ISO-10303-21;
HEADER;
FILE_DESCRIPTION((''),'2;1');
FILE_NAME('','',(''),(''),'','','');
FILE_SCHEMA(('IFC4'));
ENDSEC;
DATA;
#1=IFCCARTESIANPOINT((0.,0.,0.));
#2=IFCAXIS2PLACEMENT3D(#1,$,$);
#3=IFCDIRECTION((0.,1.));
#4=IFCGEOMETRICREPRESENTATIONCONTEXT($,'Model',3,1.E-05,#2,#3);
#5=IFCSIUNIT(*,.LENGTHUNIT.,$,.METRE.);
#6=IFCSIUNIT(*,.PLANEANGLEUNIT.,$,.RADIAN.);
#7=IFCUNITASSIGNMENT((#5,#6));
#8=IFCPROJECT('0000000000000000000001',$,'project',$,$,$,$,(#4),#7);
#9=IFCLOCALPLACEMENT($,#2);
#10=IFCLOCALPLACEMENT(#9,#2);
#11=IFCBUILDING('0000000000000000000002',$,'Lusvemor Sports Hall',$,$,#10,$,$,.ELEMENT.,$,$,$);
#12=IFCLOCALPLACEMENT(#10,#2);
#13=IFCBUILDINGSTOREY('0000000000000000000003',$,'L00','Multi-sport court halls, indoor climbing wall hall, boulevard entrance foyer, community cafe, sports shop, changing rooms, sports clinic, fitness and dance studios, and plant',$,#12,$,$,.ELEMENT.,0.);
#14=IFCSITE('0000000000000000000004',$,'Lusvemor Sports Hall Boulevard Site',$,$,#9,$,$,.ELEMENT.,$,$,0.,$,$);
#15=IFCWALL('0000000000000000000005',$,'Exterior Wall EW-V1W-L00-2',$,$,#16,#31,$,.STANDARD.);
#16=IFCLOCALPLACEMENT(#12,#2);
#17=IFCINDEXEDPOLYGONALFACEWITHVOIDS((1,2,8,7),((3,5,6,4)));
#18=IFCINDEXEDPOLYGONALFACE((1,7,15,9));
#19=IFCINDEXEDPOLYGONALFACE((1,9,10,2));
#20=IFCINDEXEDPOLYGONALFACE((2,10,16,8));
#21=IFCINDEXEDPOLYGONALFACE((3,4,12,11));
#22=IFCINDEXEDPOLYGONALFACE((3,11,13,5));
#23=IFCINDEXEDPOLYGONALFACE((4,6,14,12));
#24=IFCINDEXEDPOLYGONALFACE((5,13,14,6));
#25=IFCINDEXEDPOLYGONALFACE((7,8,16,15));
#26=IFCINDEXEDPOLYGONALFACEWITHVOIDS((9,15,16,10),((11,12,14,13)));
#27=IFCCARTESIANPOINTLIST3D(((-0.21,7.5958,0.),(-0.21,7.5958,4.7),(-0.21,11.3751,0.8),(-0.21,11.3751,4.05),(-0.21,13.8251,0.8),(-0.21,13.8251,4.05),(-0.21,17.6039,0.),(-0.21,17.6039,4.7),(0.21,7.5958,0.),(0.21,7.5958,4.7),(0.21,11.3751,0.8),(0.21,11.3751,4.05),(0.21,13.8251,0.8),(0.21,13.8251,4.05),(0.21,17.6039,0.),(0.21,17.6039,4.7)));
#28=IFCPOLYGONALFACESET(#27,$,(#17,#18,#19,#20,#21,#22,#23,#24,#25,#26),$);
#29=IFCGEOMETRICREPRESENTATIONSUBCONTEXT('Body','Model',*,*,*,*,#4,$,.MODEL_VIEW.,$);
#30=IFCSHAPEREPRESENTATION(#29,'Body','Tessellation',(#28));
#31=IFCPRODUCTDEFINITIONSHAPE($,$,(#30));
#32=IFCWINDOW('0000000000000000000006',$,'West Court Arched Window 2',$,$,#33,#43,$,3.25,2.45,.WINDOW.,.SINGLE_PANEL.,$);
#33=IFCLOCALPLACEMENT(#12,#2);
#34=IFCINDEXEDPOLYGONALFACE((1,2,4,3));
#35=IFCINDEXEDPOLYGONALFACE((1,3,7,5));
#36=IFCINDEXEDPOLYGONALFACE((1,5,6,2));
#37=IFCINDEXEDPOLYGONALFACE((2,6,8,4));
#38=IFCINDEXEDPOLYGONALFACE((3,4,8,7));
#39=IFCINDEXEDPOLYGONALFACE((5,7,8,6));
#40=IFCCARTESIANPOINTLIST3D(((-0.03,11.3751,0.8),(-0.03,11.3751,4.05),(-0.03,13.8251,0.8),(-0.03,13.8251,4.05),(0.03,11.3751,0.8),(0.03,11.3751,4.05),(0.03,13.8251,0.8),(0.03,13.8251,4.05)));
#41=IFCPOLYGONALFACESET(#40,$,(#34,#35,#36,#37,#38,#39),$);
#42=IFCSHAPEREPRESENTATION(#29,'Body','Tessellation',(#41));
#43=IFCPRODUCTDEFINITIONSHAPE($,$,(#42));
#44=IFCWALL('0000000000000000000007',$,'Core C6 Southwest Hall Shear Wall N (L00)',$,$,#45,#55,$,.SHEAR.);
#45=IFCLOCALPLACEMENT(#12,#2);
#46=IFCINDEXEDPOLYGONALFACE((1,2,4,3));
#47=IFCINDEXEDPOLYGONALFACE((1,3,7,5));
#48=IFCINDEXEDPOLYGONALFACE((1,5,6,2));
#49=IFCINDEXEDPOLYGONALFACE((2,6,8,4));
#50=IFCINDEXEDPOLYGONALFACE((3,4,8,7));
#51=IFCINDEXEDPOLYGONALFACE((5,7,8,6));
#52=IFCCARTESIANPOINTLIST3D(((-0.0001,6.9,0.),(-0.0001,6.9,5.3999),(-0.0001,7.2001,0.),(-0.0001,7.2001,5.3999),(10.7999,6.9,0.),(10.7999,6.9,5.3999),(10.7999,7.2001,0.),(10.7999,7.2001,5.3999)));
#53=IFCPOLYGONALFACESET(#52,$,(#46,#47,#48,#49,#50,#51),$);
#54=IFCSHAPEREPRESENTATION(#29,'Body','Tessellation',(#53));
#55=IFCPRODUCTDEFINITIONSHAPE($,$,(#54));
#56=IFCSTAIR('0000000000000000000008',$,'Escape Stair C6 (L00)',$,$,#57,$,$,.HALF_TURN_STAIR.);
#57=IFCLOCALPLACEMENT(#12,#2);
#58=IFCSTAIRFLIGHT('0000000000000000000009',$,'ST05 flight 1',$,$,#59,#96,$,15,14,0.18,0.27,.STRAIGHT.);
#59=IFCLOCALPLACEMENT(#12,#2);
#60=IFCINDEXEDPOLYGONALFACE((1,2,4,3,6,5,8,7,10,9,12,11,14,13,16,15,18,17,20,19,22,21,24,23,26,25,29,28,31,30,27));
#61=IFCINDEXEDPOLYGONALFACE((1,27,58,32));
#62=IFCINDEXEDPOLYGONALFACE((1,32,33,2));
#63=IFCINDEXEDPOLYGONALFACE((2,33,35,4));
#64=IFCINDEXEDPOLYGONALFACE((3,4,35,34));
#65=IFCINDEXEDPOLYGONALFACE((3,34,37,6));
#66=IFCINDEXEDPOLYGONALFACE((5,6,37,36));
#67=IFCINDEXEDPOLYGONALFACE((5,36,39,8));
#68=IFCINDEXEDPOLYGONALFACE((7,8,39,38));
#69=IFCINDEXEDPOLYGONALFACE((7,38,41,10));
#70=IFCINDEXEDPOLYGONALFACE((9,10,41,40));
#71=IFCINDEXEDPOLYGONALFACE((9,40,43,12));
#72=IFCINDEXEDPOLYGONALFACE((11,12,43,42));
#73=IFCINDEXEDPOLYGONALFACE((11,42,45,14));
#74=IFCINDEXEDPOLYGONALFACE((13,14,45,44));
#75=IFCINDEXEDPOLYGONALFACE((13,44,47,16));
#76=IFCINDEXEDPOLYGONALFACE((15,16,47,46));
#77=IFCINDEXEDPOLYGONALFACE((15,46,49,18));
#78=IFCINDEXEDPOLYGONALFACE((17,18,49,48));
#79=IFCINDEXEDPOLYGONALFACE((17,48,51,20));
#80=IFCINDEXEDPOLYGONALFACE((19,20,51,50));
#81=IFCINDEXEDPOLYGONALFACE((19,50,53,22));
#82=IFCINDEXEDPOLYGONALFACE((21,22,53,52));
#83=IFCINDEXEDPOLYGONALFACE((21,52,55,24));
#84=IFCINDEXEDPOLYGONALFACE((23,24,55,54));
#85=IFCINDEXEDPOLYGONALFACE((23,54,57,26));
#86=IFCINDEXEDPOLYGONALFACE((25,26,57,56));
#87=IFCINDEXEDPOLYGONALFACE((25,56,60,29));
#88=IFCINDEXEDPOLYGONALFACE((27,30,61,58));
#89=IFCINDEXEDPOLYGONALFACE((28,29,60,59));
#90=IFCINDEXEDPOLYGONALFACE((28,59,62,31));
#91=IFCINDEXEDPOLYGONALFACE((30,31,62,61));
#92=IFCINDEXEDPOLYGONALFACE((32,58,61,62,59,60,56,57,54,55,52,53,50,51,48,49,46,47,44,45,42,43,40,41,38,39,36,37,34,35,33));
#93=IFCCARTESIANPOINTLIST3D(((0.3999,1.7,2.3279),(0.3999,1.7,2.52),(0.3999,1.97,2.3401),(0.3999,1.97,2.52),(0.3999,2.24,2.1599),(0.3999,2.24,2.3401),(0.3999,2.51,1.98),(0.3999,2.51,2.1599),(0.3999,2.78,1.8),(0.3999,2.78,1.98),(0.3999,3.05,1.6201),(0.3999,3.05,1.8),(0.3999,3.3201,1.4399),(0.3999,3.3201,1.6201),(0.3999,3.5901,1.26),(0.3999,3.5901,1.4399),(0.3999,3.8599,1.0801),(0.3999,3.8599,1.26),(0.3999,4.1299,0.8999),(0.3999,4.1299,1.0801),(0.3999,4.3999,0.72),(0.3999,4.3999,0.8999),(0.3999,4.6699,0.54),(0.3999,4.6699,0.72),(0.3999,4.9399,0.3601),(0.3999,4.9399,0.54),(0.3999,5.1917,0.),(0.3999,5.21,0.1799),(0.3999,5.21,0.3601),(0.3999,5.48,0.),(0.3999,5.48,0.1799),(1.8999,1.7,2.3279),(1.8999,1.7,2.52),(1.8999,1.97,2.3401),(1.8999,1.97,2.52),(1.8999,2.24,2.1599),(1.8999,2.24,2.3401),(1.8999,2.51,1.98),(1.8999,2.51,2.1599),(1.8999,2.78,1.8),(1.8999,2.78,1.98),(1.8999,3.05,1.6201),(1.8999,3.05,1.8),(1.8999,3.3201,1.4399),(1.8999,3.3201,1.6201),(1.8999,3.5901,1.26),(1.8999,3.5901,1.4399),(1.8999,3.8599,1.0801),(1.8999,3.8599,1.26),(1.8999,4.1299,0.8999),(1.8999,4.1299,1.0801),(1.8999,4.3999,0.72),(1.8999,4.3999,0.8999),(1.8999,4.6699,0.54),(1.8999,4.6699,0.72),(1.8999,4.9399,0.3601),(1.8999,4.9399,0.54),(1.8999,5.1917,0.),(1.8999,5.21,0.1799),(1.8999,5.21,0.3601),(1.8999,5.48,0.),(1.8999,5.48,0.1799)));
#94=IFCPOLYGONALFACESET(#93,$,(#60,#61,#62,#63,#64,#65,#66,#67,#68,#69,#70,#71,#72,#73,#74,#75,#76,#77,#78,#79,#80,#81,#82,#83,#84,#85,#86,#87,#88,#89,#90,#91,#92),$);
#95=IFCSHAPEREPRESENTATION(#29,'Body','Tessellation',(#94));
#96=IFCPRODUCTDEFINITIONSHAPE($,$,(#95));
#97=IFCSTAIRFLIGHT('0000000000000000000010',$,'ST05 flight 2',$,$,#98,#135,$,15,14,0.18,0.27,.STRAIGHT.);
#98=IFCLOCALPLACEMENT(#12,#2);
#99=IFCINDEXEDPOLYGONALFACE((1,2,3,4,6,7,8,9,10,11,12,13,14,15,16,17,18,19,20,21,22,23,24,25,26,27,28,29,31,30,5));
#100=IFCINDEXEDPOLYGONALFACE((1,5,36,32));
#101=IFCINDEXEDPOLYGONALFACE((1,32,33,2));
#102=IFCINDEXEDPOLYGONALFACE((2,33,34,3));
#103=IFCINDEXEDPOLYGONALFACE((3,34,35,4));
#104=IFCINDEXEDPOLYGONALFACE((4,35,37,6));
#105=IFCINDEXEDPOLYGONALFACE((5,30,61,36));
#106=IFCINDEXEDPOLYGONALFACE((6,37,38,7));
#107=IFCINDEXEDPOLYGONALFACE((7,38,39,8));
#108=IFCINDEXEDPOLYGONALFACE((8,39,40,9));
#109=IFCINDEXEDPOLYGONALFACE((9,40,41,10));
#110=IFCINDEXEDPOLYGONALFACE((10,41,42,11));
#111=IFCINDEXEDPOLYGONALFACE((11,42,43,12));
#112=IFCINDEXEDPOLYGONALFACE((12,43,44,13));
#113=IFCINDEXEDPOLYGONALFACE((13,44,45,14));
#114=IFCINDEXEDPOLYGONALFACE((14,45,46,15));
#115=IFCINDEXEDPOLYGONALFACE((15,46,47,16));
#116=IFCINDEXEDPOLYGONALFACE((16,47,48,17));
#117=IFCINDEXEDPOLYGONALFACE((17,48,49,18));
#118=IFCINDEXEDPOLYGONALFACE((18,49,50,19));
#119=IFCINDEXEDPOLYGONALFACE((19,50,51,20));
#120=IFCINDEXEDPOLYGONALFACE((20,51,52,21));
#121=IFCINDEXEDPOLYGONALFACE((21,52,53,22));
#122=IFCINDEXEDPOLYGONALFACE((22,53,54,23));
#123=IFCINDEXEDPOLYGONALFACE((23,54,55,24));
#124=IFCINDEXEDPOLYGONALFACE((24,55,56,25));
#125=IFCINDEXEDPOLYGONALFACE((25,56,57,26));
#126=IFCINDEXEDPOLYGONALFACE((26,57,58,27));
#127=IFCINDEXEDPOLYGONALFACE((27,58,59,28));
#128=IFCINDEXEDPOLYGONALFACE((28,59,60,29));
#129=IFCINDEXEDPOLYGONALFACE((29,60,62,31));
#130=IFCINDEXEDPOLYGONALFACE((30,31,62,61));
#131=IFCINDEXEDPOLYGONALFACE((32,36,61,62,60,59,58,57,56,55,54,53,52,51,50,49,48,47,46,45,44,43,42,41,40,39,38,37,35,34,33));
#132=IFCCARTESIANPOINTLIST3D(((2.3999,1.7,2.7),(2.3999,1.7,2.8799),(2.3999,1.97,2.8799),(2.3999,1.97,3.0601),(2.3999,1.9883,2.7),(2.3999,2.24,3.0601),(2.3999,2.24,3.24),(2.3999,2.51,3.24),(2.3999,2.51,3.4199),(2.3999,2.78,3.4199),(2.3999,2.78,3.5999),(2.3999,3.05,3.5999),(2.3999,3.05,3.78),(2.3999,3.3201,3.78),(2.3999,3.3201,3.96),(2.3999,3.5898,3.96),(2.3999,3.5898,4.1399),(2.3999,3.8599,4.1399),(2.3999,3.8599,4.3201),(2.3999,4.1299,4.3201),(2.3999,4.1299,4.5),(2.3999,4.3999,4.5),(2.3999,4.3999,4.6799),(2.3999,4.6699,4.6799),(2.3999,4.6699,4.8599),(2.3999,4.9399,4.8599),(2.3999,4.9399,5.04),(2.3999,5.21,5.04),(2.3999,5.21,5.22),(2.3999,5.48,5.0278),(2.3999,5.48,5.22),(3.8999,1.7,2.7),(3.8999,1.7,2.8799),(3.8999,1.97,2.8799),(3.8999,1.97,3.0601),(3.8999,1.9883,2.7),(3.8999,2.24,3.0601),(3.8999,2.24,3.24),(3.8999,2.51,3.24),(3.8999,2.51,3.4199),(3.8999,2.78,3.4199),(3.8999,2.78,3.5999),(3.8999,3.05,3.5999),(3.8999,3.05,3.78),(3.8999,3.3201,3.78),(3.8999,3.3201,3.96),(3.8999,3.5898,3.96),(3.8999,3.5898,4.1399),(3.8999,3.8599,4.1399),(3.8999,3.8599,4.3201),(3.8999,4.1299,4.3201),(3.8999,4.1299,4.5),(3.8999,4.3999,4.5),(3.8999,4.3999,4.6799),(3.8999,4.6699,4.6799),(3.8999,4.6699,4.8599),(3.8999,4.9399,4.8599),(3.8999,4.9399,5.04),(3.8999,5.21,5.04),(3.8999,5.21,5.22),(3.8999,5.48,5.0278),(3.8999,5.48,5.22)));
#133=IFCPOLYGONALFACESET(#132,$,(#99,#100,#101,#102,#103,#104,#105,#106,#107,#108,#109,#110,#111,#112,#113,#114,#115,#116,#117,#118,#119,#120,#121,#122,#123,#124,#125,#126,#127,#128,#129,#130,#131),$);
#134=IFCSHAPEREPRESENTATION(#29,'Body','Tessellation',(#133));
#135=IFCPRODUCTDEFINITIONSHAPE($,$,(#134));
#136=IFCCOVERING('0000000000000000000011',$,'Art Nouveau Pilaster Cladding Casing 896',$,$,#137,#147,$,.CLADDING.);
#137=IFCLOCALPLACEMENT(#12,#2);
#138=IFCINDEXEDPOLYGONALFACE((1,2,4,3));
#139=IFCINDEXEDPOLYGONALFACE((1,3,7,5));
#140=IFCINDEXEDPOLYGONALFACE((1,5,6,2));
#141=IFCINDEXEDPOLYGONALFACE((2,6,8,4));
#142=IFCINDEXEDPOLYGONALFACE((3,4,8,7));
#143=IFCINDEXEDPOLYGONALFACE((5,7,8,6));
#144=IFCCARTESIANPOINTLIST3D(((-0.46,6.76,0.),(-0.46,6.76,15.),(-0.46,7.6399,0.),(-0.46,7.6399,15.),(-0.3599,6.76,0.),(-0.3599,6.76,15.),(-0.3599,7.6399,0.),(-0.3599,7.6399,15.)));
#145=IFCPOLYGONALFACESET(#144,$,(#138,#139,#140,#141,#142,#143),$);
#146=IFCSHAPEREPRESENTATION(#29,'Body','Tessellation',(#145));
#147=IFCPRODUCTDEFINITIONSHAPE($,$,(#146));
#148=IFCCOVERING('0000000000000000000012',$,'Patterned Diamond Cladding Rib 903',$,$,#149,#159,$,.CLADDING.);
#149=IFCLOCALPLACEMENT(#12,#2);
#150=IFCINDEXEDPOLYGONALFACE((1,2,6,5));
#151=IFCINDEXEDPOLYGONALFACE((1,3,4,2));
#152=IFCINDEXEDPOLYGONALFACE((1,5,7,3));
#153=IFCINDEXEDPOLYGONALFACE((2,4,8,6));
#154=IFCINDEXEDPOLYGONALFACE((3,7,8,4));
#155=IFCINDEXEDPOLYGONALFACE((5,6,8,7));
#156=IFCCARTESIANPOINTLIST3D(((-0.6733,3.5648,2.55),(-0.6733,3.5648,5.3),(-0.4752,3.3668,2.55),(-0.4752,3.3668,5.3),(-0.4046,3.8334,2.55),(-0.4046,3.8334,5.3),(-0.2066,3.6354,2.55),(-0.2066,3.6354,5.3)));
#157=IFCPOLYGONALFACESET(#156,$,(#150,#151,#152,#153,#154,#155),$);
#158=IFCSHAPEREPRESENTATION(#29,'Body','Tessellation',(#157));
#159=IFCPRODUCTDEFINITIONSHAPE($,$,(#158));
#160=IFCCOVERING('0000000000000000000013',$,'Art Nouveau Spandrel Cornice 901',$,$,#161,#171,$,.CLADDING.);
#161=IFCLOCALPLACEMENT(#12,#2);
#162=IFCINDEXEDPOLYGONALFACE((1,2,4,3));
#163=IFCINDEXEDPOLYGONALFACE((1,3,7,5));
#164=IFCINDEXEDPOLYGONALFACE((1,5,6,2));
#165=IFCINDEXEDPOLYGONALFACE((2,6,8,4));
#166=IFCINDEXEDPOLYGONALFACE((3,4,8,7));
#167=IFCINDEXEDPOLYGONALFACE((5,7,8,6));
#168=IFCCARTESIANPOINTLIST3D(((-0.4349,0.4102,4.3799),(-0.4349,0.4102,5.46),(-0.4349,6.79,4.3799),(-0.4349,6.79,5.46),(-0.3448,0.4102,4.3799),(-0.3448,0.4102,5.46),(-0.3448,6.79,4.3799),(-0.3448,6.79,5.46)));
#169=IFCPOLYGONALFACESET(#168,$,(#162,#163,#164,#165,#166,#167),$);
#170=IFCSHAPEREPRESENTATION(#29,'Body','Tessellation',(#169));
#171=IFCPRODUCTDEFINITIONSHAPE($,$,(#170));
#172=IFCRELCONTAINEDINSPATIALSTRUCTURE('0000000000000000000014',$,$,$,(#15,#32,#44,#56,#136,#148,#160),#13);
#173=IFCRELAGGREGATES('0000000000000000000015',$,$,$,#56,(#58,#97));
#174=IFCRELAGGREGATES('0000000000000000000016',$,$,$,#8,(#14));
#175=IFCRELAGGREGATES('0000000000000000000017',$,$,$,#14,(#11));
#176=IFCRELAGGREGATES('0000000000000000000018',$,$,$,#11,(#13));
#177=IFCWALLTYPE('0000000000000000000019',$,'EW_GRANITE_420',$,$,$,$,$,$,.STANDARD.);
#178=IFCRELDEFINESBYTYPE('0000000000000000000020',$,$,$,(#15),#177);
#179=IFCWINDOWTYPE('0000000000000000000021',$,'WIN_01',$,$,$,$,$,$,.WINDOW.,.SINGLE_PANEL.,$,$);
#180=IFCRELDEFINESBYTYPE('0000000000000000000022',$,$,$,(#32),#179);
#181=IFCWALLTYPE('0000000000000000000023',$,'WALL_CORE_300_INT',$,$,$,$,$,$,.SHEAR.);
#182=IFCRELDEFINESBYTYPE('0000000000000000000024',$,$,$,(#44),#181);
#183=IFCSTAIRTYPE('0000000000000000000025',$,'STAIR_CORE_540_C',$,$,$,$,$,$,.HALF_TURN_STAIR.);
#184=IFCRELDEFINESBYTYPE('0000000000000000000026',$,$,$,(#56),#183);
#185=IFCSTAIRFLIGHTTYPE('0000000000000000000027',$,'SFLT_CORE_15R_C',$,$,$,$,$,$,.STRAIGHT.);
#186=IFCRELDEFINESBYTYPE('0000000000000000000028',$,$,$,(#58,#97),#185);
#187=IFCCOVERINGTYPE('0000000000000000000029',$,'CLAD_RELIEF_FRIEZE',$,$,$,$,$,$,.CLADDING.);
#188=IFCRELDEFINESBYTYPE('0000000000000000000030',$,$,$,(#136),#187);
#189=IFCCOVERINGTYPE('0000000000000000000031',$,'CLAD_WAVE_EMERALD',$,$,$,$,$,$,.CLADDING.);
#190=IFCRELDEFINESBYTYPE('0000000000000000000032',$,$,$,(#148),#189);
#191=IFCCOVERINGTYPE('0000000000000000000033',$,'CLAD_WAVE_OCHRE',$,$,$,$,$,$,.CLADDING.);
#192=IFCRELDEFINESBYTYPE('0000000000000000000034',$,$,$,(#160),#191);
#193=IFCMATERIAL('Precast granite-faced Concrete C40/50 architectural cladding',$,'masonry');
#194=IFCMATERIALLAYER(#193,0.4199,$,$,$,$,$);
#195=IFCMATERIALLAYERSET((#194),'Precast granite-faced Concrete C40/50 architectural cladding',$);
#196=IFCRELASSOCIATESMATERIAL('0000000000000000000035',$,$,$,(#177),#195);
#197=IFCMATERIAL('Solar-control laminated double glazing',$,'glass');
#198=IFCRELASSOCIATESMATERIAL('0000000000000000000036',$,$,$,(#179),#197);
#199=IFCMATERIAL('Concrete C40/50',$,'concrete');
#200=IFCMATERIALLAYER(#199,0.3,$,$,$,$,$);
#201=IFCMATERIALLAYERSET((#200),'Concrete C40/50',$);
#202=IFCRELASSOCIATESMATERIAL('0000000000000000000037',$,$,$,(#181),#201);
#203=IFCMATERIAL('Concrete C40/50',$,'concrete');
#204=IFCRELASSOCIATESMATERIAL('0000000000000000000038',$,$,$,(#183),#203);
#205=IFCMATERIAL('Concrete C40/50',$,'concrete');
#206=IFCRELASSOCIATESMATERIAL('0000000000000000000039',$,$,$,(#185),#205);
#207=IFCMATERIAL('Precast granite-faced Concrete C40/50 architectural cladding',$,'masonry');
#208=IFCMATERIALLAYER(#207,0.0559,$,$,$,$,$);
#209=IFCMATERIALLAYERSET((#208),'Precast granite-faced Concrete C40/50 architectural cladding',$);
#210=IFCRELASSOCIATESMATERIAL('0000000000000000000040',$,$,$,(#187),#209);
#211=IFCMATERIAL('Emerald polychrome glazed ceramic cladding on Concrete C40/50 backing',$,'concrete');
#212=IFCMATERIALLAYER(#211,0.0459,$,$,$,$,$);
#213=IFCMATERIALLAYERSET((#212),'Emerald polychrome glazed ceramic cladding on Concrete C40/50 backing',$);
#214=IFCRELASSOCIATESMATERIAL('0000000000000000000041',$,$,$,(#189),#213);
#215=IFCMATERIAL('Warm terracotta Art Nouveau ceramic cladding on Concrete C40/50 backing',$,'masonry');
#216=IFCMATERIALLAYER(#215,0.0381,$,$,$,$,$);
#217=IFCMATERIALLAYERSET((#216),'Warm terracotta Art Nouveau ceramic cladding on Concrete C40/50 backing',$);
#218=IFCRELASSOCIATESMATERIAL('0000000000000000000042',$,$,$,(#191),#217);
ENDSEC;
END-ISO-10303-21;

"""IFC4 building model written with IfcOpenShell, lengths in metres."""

from ifc_helpers import new_model, si_unit, direction, frame, frame_2d, origin, origin_2d, place, context, subcontext, project, spatial, polyline, rectangle, outline, extrude, material, layer, layer_set, type_object, element, fill, aggregate, save


model = new_model("IFC4")

# Units and contexts
model_context = context("Model", 3, precision=1e-05, world=origin(), true_north=direction((0.0, 1.0)))
body_context = subcontext(model_context, "Body", "Model", "MODEL_VIEW")
ifc_project = project(units=[si_unit("LENGTHUNIT", "METRE"), si_unit("PLANEANGLEUNIT", "RADIAN")], contexts=[model_context])

# Site, building, storey
site_placement = place(None, origin())
site = spatial("IfcSite", under=ifc_project, at=site_placement, Name="Lusvemor Sports Hall Boulevard Site", CompositionType="ELEMENT", RefElevation=0.0)
building_placement = place(site_placement, origin())
building = spatial("IfcBuilding", under=site, at=building_placement, Name="Lusvemor Sports Hall", CompositionType="ELEMENT")
storey_placement = place(building_placement, origin())
storey = spatial("IfcBuildingStorey", under=building, at=storey_placement, Name="L00", Description="Multi-sport court halls, indoor climbing wall hall, boulevard entrance foyer, community cafe, sports shop, changing rooms, sports clinic, fitness and dance studios, and plant", CompositionType="ELEMENT", Elevation=0.0)

# Wall, opening, window
ifc_material_1 = material(Name="Precast granite-faced Concrete C40/50 architectural cladding", Category="masonry")
ifc_layer_1 = layer(ifc_material_1, 0.4199)
ifc_layer_set_1 = layer_set([ifc_layer_1], Name="Precast granite-faced Concrete C40/50 architectural cladding")
wall_type_1 = type_object("IfcWallType", Name="EW_GRANITE_420", PredefinedType="STANDARD", material=ifc_layer_set_1)
wall_1_placement = place(storey_placement, frame((0.0, 7.5959, 0.0), z_axis=(0.0, 0.0, 1.0), x_axis=(0.0, 1.0, 0.0)))
wall_1 = element("IfcWall", 1, at=wall_1_placement, inside=storey, type_object=wall_type_1, Name="Exterior Wall EW-V1W-L00-2", PredefinedType="STANDARD", context=body_context, shape_type="SweptSolid", body=[
    extrude(rectangle(XDim=10.0081, YDim=0.4199, at=frame_2d((5.0039, 0.0))), origin(), (0.0, 0.0, 1.0), 4.7),
])
opening_placement = place(wall_1_placement, frame((3.7791, 0.0, 0.8)))
opening = element("IfcOpeningElement", 2, at=opening_placement, cuts=wall_1, PredefinedType="OPENING", context=body_context, shape_type="SweptSolid", body=[
    extrude(rectangle(XDim=2.45, YDim=3.25, at=frame_2d((1.2251, 1.625))), frame((0.0, 0.21, 0.0), z_axis=(0.0, -1.0, 0.0), x_axis=(1.0, 0.0, 0.0)), (0.0, 0.0, 1.0), 0.4199),
])
ifc_material_2 = material(Name="Solar-control laminated double glazing", Category="glass")
window_type = type_object("IfcWindowType", Name="WIN_01", PartitioningType="SINGLE_PANEL", PredefinedType="WINDOW", material=ifc_material_2)
window_placement = place(opening_placement, origin())
window = element("IfcWindow", 3, at=window_placement, inside=storey, type_object=window_type, Name="West Court Arched Window 2", OverallHeight=3.25, OverallWidth=2.45, PartitioningType="SINGLE_PANEL", PredefinedType="WINDOW", context=body_context, shape_type="SweptSolid", body=[
    extrude(rectangle(XDim=2.45, YDim=3.25, at=frame_2d((1.2251, 1.625))), frame((0.0, 0.03, 0.0), z_axis=(0.0, -1.0, 0.0), x_axis=(1.0, 0.0, 0.0)), (0.0, 0.0, 1.0), 0.0601),
])
fill(opening, window)

# Wall
ifc_material_3 = material(Name="Concrete C40/50", Category="concrete")
ifc_layer_2 = layer(ifc_material_3, 0.3)
ifc_layer_set_2 = layer_set([ifc_layer_2], Name="Concrete C40/50")
wall_type_2 = type_object("IfcWallType", Name="WALL_CORE_300_INT", PredefinedType="SHEAR", material=ifc_layer_set_2)
wall_2_placement = place(storey_placement, frame((0.0, 7.05, 0.0), z_axis=(0.0, 0.0, 1.0), x_axis=(1.0, 0.0, 0.0)))
element("IfcWall", 4, at=wall_2_placement, inside=storey, type_object=wall_type_2, Name="Core C6 Southwest Hall Shear Wall N (L00)", PredefinedType="SHEAR", context=body_context, shape_type="SweptSolid", body=[
    extrude(rectangle(XDim=10.8, YDim=0.3, at=frame_2d((5.3999, 0.0))), origin(), (0.0, 0.0, 1.0), 5.3999),
])

# Stair, stair flights
ifc_material_4 = material(Name="Concrete C40/50", Category="concrete")
stair_type = type_object("IfcStairType", Name="STAIR_CORE_540_C", PredefinedType="HALF_TURN_STAIR", material=ifc_material_4)
stair_placement = place(storey_placement, origin())
stair = element("IfcStair", 5, at=stair_placement, inside=storey, type_object=stair_type, Name="Escape Stair C6 (L00)", PredefinedType="HALF_TURN_STAIR")
ifc_material_5 = material(Name="Concrete C40/50", Category="concrete")
stair_flight_type = type_object("IfcStairFlightType", Name="SFLT_CORE_15R_C", PredefinedType="STRAIGHT", material=ifc_material_5)
stair_flight_1_placement = place(storey_placement, frame((1.1499, 5.48, 0.0), z_axis=(0.0, 0.0, 1.0), x_axis=(0.0, -1.0, 0.0)))
stair_flight_1 = element("IfcStairFlight", 6, at=stair_flight_1_placement, type_object=stair_flight_type, Name="ST05 flight 1", NumberOfRisers=15, NumberOfTreads=14, PredefinedType="STRAIGHT", RiserHeight=0.18, TreadLength=0.27, context=body_context, shape_type="SweptSolid", body=[
    extrude(outline(polyline([(0.0, 0.0), (0.0, 0.1799), (0.27, 0.1799), (0.27, 0.3601), (0.54, 0.3601), (0.54, 0.54), (0.8101, 0.54), (0.8101, 0.72), (1.0801, 0.72), (1.0801, 0.8999), (1.3501, 0.8999), (1.3501, 1.0801), (1.6201, 1.0801), (1.6201, 1.26), (1.8899, 1.26), (1.8899, 1.4399), (2.1599, 1.4399), (2.1599, 1.6201), (2.4299, 1.6201), (2.4299, 1.8), (2.7, 1.8), (2.7, 1.98), (2.97, 1.98), (2.97, 2.1599), (3.24, 2.1599), (3.24, 2.3401), (3.51, 2.3401), (3.51, 2.52), (3.78, 2.52), (3.78, 2.7), (3.78, 2.3279), (0.2883, 0.0), (0.0, 0.0)])), frame((0.0, 0.75, 0.0), z_axis=(0.0, -1.0, 0.0), x_axis=(1.0, 0.0, 0.0)), (0.0, 0.0, 1.0), 1.5),
])
stair_flight_2_placement = place(storey_placement, frame((3.1499, 1.7, 2.7), z_axis=(0.0, 0.0, 1.0), x_axis=(0.0, 1.0, 0.0)))
stair_flight_2 = element("IfcStairFlight", 7, at=stair_flight_2_placement, type_object=stair_flight_type, Name="ST05 flight 2", NumberOfRisers=15, NumberOfTreads=14, PredefinedType="STRAIGHT", RiserHeight=0.18, TreadLength=0.27, context=body_context, shape_type="SweptSolid", body=[
    extrude(outline(polyline([(0.0, 0.0), (0.0, 0.1799), (0.27, 0.1799), (0.27, 0.3601), (0.54, 0.3601), (0.54, 0.54), (0.8101, 0.54), (0.8101, 0.72), (1.0801, 0.72), (1.0801, 0.8999), (1.3501, 0.8999), (1.3501, 1.0801), (1.6201, 1.0801), (1.6201, 1.26), (1.8899, 1.26), (1.8899, 1.4399), (2.1599, 1.4399), (2.1599, 1.6201), (2.4299, 1.6201), (2.4299, 1.8), (2.7, 1.8), (2.7, 1.98), (2.97, 1.98), (2.97, 2.1599), (3.24, 2.1599), (3.24, 2.3401), (3.51, 2.3401), (3.51, 2.52), (3.78, 2.52), (3.78, 2.7), (3.78, 2.3279), (0.2883, 0.0), (0.0, 0.0)])), frame((0.0, 0.75, 0.0), z_axis=(0.0, -1.0, 0.0), x_axis=(1.0, 0.0, 0.0)), (0.0, 0.0, 1.0), 1.5),
])
aggregate(stair, [stair_flight_1, stair_flight_2])

# Coverings
ifc_material_6 = material(Name="Precast granite-faced Concrete C40/50 architectural cladding", Category="masonry")
ifc_layer_3 = layer(ifc_material_6, 0.0559)
ifc_layer_set_3 = layer_set([ifc_layer_3], Name="Precast granite-faced Concrete C40/50 architectural cladding")
covering_type_1 = type_object("IfcCoveringType", Name="CLAD_RELIEF_FRIEZE", PredefinedType="CLADDING", material=ifc_layer_set_3)
covering_1_placement = place(storey_placement, frame((-0.4099, 7.2, 0.0), z_axis=(0.0, 0.0, 1.0), x_axis=(1.0, 0.0, 0.0)))
element("IfcCovering", 8, at=covering_1_placement, inside=storey, type_object=covering_type_1, Name="Art Nouveau Pilaster Cladding Casing 896", PredefinedType="CLADDING", context=body_context, shape_type="SweptSolid", body=[
    extrude(rectangle(XDim=0.1001, YDim=0.8799, at=origin_2d()), origin(), (0.0, 0.0, 1.0), 15.0),
])
ifc_material_7 = material(Name="Emerald polychrome glazed ceramic cladding on Concrete C40/50 backing", Category="concrete")
ifc_layer_4 = layer(ifc_material_7, 0.0459)
ifc_layer_set_4 = layer_set([ifc_layer_4], Name="Emerald polychrome glazed ceramic cladding on Concrete C40/50 backing")
covering_type_2 = type_object("IfcCoveringType", Name="CLAD_WAVE_EMERALD", PredefinedType="CLADDING", material=ifc_layer_set_4)
covering_2_placement = place(storey_placement, frame((-0.4399, 3.6001, 2.55), z_axis=(0.0, 0.0, 1.0), x_axis=(0.707107, 0.707107, 0.0)))
element("IfcCovering", 9, at=covering_2_placement, inside=storey, type_object=covering_type_2, Name="Patterned Diamond Cladding Rib 903", PredefinedType="CLADDING", context=body_context, shape_type="SweptSolid", body=[
    extrude(rectangle(XDim=0.3799, YDim=0.28, at=origin_2d()), origin(), (0.0, 0.0, 1.0), 2.75),
])
ifc_material_8 = material(Name="Warm terracotta Art Nouveau ceramic cladding on Concrete C40/50 backing", Category="masonry")
ifc_layer_5 = layer(ifc_material_8, 0.0381)
ifc_layer_set_5 = layer_set([ifc_layer_5], Name="Warm terracotta Art Nouveau ceramic cladding on Concrete C40/50 backing")
covering_type_3 = type_object("IfcCoveringType", Name="CLAD_WAVE_OCHRE", PredefinedType="CLADDING", material=ifc_layer_set_5)
covering_3_placement = place(storey_placement, frame((-0.3899, 3.6001, 4.3799), z_axis=(0.0, 0.0, 1.0), x_axis=(1.0, 0.0, 0.0)))
element("IfcCovering", 10, at=covering_3_placement, inside=storey, type_object=covering_type_3, Name="Art Nouveau Spandrel Cornice 901", PredefinedType="CLADDING", context=body_context, shape_type="SweptSolid", body=[
    extrude(rectangle(XDim=0.0901, YDim=6.3799, at=origin_2d()), origin(), (0.0, 0.0, 1.0), 1.0801),
])

save(model, "model.ifc")
